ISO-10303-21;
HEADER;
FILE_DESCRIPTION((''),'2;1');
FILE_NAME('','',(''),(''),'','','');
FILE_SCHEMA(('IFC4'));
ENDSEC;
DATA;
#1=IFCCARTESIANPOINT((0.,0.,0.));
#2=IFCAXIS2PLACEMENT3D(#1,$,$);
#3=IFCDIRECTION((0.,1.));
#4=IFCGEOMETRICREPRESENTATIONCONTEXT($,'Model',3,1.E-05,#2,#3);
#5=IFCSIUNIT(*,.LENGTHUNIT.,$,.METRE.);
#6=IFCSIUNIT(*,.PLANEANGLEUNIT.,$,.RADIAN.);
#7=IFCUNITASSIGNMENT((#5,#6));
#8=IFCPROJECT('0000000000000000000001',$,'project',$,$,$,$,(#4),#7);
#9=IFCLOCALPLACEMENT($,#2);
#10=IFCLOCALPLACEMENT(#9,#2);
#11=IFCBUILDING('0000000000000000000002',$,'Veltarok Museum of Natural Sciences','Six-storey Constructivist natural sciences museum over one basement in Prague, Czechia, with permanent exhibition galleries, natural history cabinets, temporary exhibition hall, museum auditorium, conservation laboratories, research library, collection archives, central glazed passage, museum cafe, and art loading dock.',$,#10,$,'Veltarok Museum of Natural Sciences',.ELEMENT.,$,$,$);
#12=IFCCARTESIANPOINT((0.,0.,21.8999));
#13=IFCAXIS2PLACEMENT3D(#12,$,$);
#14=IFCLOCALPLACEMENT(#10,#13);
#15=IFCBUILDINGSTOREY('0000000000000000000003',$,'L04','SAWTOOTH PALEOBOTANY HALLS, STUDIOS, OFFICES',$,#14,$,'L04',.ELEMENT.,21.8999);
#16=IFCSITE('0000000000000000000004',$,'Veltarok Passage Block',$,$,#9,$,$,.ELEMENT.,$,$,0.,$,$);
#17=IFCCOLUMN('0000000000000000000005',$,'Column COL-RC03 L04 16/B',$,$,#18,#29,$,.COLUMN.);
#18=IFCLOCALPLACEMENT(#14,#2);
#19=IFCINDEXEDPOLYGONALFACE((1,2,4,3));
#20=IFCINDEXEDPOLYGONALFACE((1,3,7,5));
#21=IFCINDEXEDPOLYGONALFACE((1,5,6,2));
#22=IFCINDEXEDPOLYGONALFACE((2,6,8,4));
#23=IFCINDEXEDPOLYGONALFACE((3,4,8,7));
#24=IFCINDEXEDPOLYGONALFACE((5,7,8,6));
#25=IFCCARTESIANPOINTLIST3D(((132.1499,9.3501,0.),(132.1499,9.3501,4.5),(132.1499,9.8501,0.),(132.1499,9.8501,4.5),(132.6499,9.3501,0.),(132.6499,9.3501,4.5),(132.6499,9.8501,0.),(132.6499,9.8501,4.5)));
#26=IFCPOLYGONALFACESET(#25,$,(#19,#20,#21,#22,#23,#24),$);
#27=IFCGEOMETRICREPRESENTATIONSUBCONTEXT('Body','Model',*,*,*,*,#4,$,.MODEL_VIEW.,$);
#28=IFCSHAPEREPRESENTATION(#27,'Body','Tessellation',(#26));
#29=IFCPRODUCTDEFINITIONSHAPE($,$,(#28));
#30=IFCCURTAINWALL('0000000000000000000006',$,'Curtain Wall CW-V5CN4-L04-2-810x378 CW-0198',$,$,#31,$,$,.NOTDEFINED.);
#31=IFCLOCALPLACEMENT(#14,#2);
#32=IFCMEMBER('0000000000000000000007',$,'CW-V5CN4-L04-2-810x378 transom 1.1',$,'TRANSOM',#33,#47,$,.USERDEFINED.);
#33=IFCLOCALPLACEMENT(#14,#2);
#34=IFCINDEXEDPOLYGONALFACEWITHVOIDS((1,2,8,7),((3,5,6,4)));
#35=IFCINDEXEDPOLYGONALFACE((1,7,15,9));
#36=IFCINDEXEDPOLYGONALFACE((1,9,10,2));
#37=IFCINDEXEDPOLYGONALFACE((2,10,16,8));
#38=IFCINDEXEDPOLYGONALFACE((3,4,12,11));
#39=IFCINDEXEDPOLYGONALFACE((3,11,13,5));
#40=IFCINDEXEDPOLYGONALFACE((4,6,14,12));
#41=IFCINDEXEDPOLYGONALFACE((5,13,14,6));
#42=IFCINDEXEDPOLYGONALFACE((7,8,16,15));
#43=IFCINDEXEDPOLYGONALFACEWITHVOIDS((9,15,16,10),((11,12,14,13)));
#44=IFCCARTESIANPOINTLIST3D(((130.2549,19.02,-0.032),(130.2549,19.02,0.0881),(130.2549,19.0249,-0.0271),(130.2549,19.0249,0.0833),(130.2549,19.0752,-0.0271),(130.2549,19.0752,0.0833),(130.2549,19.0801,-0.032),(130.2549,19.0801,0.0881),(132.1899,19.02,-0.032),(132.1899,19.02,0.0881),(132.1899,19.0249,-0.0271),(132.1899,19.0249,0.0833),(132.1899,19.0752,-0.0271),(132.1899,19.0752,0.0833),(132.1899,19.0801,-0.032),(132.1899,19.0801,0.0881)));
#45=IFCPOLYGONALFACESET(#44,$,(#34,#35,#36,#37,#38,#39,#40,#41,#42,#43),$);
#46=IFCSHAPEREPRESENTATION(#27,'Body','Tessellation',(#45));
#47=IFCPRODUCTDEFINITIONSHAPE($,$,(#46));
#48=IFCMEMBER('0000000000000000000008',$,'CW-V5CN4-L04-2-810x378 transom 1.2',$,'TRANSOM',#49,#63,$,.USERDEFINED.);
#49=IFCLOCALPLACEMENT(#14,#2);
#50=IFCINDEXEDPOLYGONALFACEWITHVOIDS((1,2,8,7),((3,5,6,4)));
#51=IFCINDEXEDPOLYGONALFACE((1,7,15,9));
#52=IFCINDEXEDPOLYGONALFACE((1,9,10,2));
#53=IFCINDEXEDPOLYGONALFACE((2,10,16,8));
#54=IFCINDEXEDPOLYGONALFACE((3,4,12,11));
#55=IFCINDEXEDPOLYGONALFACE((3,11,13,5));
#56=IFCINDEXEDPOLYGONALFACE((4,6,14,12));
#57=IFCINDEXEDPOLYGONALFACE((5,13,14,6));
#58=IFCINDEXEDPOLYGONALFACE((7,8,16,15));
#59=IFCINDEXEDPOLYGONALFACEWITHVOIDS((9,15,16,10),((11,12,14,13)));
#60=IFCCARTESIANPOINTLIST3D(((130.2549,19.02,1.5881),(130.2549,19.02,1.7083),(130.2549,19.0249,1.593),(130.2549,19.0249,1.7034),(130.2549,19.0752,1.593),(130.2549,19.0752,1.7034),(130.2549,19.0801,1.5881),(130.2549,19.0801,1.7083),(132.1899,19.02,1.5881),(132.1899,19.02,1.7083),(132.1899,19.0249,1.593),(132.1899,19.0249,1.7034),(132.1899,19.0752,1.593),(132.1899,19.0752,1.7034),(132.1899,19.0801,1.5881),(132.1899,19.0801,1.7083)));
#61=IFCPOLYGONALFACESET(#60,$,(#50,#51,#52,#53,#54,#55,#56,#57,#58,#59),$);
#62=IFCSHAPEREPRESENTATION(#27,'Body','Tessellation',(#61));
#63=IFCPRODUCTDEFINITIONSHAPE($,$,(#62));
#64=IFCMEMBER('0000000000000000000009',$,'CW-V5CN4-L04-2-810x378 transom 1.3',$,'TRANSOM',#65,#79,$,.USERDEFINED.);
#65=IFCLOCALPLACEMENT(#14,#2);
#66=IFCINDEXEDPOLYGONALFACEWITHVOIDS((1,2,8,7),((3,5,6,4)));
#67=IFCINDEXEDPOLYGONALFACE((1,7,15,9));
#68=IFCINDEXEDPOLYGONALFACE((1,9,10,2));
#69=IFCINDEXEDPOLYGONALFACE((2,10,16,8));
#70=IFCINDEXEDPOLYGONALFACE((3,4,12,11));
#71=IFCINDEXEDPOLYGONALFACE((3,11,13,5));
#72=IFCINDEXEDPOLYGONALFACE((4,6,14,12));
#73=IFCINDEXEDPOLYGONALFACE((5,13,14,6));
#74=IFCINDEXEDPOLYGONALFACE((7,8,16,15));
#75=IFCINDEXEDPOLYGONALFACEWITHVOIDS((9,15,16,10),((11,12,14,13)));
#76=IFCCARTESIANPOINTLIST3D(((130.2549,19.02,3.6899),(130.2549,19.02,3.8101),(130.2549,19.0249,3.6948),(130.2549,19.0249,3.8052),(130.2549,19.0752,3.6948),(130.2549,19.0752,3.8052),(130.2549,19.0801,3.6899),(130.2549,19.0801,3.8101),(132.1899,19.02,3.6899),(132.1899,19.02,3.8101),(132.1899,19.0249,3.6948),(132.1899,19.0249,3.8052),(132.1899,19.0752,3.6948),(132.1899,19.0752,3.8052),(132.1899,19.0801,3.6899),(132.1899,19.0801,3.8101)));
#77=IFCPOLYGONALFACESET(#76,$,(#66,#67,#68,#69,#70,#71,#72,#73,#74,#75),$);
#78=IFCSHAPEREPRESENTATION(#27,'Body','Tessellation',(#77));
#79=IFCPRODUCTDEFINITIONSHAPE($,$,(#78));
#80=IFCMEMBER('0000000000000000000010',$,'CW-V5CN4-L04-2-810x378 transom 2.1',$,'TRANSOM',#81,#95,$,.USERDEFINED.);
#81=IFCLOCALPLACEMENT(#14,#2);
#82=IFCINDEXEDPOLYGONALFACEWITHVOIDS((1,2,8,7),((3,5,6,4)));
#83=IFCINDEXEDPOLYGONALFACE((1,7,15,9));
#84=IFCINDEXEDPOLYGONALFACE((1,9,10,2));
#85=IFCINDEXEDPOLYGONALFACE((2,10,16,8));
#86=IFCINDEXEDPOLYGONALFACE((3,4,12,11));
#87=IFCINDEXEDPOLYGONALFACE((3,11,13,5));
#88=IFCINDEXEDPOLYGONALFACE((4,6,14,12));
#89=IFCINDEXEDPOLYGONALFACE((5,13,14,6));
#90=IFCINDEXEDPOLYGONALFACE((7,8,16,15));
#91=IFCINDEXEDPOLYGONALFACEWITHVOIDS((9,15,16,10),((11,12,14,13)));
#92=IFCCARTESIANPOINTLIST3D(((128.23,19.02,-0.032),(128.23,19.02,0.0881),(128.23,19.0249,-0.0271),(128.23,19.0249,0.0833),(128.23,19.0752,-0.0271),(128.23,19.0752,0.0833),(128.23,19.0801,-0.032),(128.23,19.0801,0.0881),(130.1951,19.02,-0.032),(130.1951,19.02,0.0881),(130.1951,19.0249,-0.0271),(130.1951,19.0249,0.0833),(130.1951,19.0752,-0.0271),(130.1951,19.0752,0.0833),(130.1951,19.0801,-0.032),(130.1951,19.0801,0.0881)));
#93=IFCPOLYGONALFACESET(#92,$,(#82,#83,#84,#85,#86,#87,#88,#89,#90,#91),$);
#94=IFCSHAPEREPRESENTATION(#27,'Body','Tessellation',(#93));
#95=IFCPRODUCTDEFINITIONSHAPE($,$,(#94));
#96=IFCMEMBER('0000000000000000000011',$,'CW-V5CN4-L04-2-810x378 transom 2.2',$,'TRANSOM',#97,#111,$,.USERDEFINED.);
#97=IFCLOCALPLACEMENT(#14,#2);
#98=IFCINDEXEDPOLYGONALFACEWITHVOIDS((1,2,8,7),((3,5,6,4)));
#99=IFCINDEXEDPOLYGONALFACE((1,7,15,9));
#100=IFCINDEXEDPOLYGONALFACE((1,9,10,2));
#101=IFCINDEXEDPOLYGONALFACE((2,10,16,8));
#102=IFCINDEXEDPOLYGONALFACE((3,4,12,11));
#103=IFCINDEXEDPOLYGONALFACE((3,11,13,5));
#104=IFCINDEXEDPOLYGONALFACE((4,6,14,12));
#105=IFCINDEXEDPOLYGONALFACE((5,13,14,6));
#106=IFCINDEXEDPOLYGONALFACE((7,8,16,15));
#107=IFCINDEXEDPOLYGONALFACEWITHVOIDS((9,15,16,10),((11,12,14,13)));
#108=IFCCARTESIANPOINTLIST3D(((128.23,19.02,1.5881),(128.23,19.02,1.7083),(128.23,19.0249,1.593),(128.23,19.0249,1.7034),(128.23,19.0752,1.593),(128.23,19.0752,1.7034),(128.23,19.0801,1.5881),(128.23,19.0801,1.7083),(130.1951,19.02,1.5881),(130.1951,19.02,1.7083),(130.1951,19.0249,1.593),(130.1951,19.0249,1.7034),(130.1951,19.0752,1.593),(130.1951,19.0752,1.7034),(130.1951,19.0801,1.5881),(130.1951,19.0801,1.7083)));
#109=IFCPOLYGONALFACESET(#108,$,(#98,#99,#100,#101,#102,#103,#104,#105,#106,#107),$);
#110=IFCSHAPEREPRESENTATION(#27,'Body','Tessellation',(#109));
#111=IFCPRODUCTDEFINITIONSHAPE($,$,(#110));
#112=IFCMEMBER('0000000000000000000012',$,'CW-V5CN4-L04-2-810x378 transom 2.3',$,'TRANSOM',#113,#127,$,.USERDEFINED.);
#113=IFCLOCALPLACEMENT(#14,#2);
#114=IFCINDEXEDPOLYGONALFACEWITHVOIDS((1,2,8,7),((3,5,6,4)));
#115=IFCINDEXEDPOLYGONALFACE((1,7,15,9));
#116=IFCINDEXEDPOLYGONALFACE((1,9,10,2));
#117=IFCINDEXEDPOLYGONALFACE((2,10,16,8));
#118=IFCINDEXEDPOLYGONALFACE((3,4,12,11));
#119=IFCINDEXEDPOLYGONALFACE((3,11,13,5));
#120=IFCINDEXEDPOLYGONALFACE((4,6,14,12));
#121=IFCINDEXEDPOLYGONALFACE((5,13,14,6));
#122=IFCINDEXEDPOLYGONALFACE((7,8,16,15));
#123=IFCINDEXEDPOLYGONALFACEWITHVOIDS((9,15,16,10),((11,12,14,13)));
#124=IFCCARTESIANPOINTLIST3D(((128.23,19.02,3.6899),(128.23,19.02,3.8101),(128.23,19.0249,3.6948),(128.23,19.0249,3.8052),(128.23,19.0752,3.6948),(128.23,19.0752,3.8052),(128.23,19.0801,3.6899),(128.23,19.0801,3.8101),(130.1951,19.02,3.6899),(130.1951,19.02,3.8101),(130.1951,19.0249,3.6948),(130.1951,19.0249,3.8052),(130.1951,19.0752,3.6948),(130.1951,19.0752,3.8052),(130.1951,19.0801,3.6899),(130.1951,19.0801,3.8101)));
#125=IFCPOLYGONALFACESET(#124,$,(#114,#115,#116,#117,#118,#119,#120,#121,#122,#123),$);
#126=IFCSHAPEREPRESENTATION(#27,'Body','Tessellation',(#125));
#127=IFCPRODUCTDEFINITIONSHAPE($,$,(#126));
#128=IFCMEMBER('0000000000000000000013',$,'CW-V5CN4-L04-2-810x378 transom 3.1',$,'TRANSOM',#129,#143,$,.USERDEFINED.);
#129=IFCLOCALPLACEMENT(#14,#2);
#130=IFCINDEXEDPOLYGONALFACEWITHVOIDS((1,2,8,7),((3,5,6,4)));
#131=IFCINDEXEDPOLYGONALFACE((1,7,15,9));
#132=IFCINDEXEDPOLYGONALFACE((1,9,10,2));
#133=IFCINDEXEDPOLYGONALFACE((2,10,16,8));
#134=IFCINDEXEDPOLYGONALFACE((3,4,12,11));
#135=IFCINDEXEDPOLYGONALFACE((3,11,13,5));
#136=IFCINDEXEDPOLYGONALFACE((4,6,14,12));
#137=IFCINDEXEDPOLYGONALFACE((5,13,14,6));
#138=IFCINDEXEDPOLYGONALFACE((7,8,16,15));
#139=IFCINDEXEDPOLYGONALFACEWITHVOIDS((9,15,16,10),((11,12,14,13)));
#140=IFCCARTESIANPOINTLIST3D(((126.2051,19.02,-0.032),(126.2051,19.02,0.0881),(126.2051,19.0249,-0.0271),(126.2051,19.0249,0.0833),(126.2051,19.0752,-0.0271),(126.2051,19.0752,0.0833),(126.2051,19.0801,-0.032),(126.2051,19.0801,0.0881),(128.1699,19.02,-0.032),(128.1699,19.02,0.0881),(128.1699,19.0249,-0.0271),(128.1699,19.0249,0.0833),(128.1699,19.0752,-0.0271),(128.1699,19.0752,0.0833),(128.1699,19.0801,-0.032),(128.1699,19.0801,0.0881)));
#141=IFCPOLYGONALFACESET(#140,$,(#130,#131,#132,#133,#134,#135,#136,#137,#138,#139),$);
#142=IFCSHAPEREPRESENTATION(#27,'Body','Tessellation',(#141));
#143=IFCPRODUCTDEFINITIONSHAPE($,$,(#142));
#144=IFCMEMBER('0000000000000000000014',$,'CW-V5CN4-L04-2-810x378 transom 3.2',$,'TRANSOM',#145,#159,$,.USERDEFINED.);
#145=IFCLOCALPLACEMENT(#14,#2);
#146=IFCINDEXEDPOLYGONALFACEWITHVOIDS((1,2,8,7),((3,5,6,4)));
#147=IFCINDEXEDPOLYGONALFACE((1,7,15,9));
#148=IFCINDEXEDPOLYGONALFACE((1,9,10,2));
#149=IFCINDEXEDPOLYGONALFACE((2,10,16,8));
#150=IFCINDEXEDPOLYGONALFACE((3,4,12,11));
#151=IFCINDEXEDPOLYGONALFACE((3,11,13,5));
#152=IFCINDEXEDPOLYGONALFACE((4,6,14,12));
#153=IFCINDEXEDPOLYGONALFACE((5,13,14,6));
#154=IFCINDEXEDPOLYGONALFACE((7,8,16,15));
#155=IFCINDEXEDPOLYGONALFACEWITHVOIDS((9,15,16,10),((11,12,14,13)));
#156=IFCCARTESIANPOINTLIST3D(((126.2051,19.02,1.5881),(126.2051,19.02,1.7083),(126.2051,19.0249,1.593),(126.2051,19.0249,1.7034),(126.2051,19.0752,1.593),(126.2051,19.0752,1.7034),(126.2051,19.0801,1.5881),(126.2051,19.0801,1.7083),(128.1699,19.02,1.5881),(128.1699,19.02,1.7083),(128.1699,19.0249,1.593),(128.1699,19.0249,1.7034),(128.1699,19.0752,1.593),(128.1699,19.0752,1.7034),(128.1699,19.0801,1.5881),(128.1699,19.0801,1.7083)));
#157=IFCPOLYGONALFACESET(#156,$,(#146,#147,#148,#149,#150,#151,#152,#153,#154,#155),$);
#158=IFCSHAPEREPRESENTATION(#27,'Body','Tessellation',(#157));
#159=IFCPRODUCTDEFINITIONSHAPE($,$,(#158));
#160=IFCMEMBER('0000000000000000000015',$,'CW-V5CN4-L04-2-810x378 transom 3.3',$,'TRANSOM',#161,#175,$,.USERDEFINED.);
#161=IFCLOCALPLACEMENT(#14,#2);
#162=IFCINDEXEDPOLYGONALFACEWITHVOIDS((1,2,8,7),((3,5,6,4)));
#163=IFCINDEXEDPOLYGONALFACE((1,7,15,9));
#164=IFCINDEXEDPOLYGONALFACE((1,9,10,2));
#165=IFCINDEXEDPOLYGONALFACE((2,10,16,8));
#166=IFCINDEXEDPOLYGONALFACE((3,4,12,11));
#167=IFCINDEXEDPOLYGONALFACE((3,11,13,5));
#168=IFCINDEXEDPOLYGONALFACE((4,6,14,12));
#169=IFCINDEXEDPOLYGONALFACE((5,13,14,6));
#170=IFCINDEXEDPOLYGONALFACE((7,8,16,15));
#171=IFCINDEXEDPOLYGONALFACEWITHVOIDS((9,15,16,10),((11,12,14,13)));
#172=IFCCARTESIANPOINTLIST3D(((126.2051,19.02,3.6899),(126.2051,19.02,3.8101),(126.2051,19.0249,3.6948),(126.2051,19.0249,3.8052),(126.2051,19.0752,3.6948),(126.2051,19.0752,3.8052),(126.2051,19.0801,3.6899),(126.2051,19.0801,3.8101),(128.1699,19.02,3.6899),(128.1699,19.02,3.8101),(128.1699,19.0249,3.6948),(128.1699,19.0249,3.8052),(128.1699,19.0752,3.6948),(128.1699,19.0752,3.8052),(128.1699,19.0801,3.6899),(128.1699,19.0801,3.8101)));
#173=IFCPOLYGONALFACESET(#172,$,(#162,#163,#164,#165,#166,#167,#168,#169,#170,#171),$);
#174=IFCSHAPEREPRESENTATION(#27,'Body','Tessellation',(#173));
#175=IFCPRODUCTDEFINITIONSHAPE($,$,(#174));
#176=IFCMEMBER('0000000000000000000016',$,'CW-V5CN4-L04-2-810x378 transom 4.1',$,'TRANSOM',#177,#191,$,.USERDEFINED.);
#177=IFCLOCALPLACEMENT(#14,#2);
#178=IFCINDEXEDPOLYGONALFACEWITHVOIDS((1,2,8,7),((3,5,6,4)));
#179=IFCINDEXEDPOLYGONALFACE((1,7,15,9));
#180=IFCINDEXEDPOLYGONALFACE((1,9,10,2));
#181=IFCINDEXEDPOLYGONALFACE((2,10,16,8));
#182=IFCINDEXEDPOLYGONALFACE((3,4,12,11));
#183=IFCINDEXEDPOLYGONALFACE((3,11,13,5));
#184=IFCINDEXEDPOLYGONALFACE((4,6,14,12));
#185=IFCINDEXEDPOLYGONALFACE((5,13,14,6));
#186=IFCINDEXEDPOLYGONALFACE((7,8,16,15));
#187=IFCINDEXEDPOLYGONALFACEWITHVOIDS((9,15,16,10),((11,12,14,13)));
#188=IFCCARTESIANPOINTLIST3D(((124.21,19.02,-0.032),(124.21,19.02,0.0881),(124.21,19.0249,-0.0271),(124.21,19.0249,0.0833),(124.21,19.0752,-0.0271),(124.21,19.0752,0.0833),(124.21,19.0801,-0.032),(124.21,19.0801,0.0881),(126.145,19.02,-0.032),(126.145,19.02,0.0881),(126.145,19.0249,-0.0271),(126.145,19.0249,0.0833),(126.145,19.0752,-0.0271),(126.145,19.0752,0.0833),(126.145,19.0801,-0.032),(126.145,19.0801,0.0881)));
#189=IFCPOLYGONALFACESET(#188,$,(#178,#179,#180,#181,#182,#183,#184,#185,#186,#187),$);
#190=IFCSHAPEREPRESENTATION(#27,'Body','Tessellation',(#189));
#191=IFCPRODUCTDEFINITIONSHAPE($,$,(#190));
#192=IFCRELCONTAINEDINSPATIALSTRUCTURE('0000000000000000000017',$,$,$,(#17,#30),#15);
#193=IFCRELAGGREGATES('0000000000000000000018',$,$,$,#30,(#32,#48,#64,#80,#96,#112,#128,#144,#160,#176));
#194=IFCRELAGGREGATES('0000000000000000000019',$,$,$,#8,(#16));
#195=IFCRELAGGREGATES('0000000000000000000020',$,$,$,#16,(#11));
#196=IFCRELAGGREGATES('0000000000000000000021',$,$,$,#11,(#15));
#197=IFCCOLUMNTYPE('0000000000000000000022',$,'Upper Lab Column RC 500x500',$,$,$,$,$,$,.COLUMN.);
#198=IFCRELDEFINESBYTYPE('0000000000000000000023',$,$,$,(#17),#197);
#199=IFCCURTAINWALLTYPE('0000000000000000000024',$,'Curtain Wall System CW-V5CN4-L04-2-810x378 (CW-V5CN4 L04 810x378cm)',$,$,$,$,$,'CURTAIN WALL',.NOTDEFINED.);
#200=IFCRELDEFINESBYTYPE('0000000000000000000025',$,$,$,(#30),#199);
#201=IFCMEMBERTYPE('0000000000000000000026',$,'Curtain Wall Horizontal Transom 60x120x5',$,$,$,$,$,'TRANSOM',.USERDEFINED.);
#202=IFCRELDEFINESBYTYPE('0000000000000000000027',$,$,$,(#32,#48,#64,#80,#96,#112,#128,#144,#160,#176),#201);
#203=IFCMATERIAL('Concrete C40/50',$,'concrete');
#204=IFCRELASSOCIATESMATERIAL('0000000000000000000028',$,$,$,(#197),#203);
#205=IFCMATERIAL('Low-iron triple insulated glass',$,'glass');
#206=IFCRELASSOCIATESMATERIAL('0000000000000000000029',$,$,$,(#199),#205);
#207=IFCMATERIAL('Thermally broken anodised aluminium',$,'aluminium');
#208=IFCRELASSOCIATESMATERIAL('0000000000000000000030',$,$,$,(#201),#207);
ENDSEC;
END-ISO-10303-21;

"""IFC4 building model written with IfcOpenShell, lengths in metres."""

from ifc_helpers import new_model, si_unit, direction, frame, origin, origin_2d, place, context, subcontext, project, spatial, rectangle, hollow_rectangle, extrude, material, material_profile, profile_set, type_object, element, aggregate, save


model = new_model("IFC4")

# Units and contexts
model_context = context("Model", 3, precision=1e-05, world=origin(), true_north=direction((0.0, 1.0)))
body_context = subcontext(model_context, "Body", "Model", "MODEL_VIEW")
ifc_project = project(units=[si_unit("LENGTHUNIT", "METRE"), si_unit("PLANEANGLEUNIT", "RADIAN")], contexts=[model_context])

# Site, building, storey
site_placement = place(None, origin())
site = spatial("IfcSite", under=ifc_project, at=site_placement, Name="Veltarok Passage Block", CompositionType="ELEMENT", RefElevation=0.0)
building_placement = place(site_placement, origin())
building = spatial("IfcBuilding", under=site, at=building_placement, Name="Veltarok Museum of Natural Sciences", Description="Six-storey Constructivist natural sciences museum over one basement in Prague, Czechia, with permanent exhibition galleries, natural history cabinets, temporary exhibition hall, museum auditorium, conservation laboratories, research library, collection archives, central glazed passage, museum cafe, and art loading dock.", LongName="Veltarok Museum of Natural Sciences", CompositionType="ELEMENT")
storey_placement = place(building_placement, frame((0.0, 0.0, 21.8999)))
storey = spatial("IfcBuildingStorey", under=building, at=storey_placement, Name="L04", Description="SAWTOOTH PALEOBOTANY HALLS, STUDIOS, OFFICES", LongName="L04", CompositionType="ELEMENT", Elevation=21.8999)

# Column
ifc_material_1 = material(Name="Concrete C40/50", Category="concrete")
ifc_material_profile_1 = material_profile(ifc_material_1, rectangle(XDim=0.5, YDim=0.5, at=origin_2d()), Name="RC 500x500")
ifc_profile_set_1 = profile_set([ifc_material_profile_1], Name="Concrete C40/50")
column_type = type_object("IfcColumnType", Name="Upper Lab Column RC 500x500", PredefinedType="COLUMN", material=ifc_profile_set_1)
column_placement = place(storey_placement, frame((132.3999, 9.6001, 0.0), z_axis=(0.0, 0.0, 1.0), x_axis=(1.0, 0.0, 0.0)))
element("IfcColumn", 1, at=column_placement, inside=storey, type_object=column_type, Name="Column COL-RC03 L04 16/B", PredefinedType="COLUMN", context=body_context, shape_type="SweptSolid", body=[
    extrude(rectangle(XDim=0.5, YDim=0.5, at=origin_2d()), origin(), (0.0, 0.0, 1.0), 4.5),
])

# Curtain wall, members
ifc_material_2 = material(Name="Low-iron triple insulated glass", Category="glass")
curtain_wall_type = type_object("IfcCurtainWallType", Name="Curtain Wall System CW-V5CN4-L04-2-810x378 (CW-V5CN4 L04 810x378cm)", ElementType="CURTAIN WALL", PredefinedType="NOTDEFINED", material=ifc_material_2)
curtain_wall_placement = place(storey_placement, origin())
curtain_wall = element("IfcCurtainWall", 2, at=curtain_wall_placement, inside=storey, type_object=curtain_wall_type, Name="Curtain Wall CW-V5CN4-L04-2-810x378 CW-0198", PredefinedType="NOTDEFINED")
ifc_material_3 = material(Name="Thermally broken anodised aluminium", Category="aluminium")
ifc_material_profile_2 = material_profile(ifc_material_3, hollow_rectangle(XDim=0.0601, YDim=0.1201, WallThickness=0.0049, at=origin_2d()), Name="CW TRANSOM 60x120x5")
ifc_profile_set_2 = profile_set([ifc_material_profile_2], Name="Thermally broken anodised aluminium")
member_type_1 = type_object("IfcMemberType", Name="Curtain Wall Horizontal Transom 60x120x5", ElementType="TRANSOM", PredefinedType="USERDEFINED", material=ifc_profile_set_2)
member_1_placement = place(storey_placement, frame((132.1899, 19.05, 0.0281), z_axis=(-1.0, 0.0, 0.0), x_axis=(0.0, -1.0, 0.0)))
member_1 = element("IfcMember", 3, at=member_1_placement, type_object=member_type_1, Name="CW-V5CN4-L04-2-810x378 transom 1.1", ObjectType="TRANSOM", PredefinedType="USERDEFINED", context=body_context, shape_type="SweptSolid", body=[
    extrude(hollow_rectangle(XDim=0.0601, YDim=0.1201, WallThickness=0.0049, at=origin_2d()), origin(), (0.0, 0.0, 1.0), 1.9351),
])
member_2_placement = place(storey_placement, frame((132.1899, 19.05, 1.6482), z_axis=(-1.0, 0.0, 0.0), x_axis=(0.0, -1.0, 0.0)))
member_2 = element("IfcMember", 4, at=member_2_placement, type_object=member_type_1, Name="CW-V5CN4-L04-2-810x378 transom 1.2", ObjectType="TRANSOM", PredefinedType="USERDEFINED", context=body_context, shape_type="SweptSolid", body=[
    extrude(hollow_rectangle(XDim=0.0601, YDim=0.1201, WallThickness=0.0049, at=origin_2d()), origin(), (0.0, 0.0, 1.0), 1.9351),
])
member_3_placement = place(storey_placement, frame((132.1899, 19.05, 3.75), z_axis=(-1.0, 0.0, 0.0), x_axis=(0.0, -1.0, 0.0)))
member_3 = element("IfcMember", 5, at=member_3_placement, type_object=member_type_1, Name="CW-V5CN4-L04-2-810x378 transom 1.3", ObjectType="TRANSOM", PredefinedType="USERDEFINED", context=body_context, shape_type="SweptSolid", body=[
    extrude(hollow_rectangle(XDim=0.0601, YDim=0.1201, WallThickness=0.0049, at=origin_2d()), origin(), (0.0, 0.0, 1.0), 1.9351),
])
member_4_placement = place(storey_placement, frame((130.1951, 19.05, 0.0281), z_axis=(-1.0, 0.0, 0.0), x_axis=(0.0, -1.0, 0.0)))
member_4 = element("IfcMember", 6, at=member_4_placement, type_object=member_type_1, Name="CW-V5CN4-L04-2-810x378 transom 2.1", ObjectType="TRANSOM", PredefinedType="USERDEFINED", context=body_context, shape_type="SweptSolid", body=[
    extrude(hollow_rectangle(XDim=0.0601, YDim=0.1201, WallThickness=0.0049, at=origin_2d()), origin(), (0.0, 0.0, 1.0), 1.9651),
])
member_5_placement = place(storey_placement, frame((130.1951, 19.05, 1.6482), z_axis=(-1.0, 0.0, 0.0), x_axis=(0.0, -1.0, 0.0)))
member_5 = element("IfcMember", 7, at=member_5_placement, type_object=member_type_1, Name="CW-V5CN4-L04-2-810x378 transom 2.2", ObjectType="TRANSOM", PredefinedType="USERDEFINED", context=body_context, shape_type="SweptSolid", body=[
    extrude(hollow_rectangle(XDim=0.0601, YDim=0.1201, WallThickness=0.0049, at=origin_2d()), origin(), (0.0, 0.0, 1.0), 1.9651),
])
member_6_placement = place(storey_placement, frame((130.1951, 19.05, 3.75), z_axis=(-1.0, 0.0, 0.0), x_axis=(0.0, -1.0, 0.0)))
member_6 = element("IfcMember", 8, at=member_6_placement, type_object=member_type_1, Name="CW-V5CN4-L04-2-810x378 transom 2.3", ObjectType="TRANSOM", PredefinedType="USERDEFINED", context=body_context, shape_type="SweptSolid", body=[
    extrude(hollow_rectangle(XDim=0.0601, YDim=0.1201, WallThickness=0.0049, at=origin_2d()), origin(), (0.0, 0.0, 1.0), 1.9651),
])
member_7_placement = place(storey_placement, frame((128.1699, 19.05, 0.0281), z_axis=(-1.0, 0.0, 0.0), x_axis=(0.0, -1.0, 0.0)))
member_7 = element("IfcMember", 9, at=member_7_placement, type_object=member_type_1, Name="CW-V5CN4-L04-2-810x378 transom 3.1", ObjectType="TRANSOM", PredefinedType="USERDEFINED", context=body_context, shape_type="SweptSolid", body=[
    extrude(hollow_rectangle(XDim=0.0601, YDim=0.1201, WallThickness=0.0049, at=origin_2d()), origin(), (0.0, 0.0, 1.0), 1.9648),
])
member_8_placement = place(storey_placement, frame((128.1699, 19.05, 1.6482), z_axis=(-1.0, 0.0, 0.0), x_axis=(0.0, -1.0, 0.0)))
member_8 = element("IfcMember", 10, at=member_8_placement, type_object=member_type_1, Name="CW-V5CN4-L04-2-810x378 transom 3.2", ObjectType="TRANSOM", PredefinedType="USERDEFINED", context=body_context, shape_type="SweptSolid", body=[
    extrude(hollow_rectangle(XDim=0.0601, YDim=0.1201, WallThickness=0.0049, at=origin_2d()), origin(), (0.0, 0.0, 1.0), 1.9648),
])
member_9_placement = place(storey_placement, frame((128.1699, 19.05, 3.75), z_axis=(-1.0, 0.0, 0.0), x_axis=(0.0, -1.0, 0.0)))
member_9 = element("IfcMember", 11, at=member_9_placement, type_object=member_type_1, Name="CW-V5CN4-L04-2-810x378 transom 3.3", ObjectType="TRANSOM", PredefinedType="USERDEFINED", context=body_context, shape_type="SweptSolid", body=[
    extrude(hollow_rectangle(XDim=0.0601, YDim=0.1201, WallThickness=0.0049, at=origin_2d()), origin(), (0.0, 0.0, 1.0), 1.9648),
])
member_10_placement = place(storey_placement, frame((126.145, 19.05, 0.0281), z_axis=(-1.0, 0.0, 0.0), x_axis=(0.0, -1.0, 0.0)))
member_10 = element("IfcMember", 12, at=member_10_placement, type_object=member_type_1, Name="CW-V5CN4-L04-2-810x378 transom 4.1", ObjectType="TRANSOM", PredefinedType="USERDEFINED", context=body_context, shape_type="SweptSolid", body=[
    extrude(hollow_rectangle(XDim=0.0601, YDim=0.1201, WallThickness=0.0049, at=origin_2d()), origin(), (0.0, 0.0, 1.0), 1.9351),
])

aggregate(curtain_wall, [member_1, member_2, member_3, member_4, member_5, member_6, member_7, member_8, member_9, member_10])

save(model, "model.ifc")
